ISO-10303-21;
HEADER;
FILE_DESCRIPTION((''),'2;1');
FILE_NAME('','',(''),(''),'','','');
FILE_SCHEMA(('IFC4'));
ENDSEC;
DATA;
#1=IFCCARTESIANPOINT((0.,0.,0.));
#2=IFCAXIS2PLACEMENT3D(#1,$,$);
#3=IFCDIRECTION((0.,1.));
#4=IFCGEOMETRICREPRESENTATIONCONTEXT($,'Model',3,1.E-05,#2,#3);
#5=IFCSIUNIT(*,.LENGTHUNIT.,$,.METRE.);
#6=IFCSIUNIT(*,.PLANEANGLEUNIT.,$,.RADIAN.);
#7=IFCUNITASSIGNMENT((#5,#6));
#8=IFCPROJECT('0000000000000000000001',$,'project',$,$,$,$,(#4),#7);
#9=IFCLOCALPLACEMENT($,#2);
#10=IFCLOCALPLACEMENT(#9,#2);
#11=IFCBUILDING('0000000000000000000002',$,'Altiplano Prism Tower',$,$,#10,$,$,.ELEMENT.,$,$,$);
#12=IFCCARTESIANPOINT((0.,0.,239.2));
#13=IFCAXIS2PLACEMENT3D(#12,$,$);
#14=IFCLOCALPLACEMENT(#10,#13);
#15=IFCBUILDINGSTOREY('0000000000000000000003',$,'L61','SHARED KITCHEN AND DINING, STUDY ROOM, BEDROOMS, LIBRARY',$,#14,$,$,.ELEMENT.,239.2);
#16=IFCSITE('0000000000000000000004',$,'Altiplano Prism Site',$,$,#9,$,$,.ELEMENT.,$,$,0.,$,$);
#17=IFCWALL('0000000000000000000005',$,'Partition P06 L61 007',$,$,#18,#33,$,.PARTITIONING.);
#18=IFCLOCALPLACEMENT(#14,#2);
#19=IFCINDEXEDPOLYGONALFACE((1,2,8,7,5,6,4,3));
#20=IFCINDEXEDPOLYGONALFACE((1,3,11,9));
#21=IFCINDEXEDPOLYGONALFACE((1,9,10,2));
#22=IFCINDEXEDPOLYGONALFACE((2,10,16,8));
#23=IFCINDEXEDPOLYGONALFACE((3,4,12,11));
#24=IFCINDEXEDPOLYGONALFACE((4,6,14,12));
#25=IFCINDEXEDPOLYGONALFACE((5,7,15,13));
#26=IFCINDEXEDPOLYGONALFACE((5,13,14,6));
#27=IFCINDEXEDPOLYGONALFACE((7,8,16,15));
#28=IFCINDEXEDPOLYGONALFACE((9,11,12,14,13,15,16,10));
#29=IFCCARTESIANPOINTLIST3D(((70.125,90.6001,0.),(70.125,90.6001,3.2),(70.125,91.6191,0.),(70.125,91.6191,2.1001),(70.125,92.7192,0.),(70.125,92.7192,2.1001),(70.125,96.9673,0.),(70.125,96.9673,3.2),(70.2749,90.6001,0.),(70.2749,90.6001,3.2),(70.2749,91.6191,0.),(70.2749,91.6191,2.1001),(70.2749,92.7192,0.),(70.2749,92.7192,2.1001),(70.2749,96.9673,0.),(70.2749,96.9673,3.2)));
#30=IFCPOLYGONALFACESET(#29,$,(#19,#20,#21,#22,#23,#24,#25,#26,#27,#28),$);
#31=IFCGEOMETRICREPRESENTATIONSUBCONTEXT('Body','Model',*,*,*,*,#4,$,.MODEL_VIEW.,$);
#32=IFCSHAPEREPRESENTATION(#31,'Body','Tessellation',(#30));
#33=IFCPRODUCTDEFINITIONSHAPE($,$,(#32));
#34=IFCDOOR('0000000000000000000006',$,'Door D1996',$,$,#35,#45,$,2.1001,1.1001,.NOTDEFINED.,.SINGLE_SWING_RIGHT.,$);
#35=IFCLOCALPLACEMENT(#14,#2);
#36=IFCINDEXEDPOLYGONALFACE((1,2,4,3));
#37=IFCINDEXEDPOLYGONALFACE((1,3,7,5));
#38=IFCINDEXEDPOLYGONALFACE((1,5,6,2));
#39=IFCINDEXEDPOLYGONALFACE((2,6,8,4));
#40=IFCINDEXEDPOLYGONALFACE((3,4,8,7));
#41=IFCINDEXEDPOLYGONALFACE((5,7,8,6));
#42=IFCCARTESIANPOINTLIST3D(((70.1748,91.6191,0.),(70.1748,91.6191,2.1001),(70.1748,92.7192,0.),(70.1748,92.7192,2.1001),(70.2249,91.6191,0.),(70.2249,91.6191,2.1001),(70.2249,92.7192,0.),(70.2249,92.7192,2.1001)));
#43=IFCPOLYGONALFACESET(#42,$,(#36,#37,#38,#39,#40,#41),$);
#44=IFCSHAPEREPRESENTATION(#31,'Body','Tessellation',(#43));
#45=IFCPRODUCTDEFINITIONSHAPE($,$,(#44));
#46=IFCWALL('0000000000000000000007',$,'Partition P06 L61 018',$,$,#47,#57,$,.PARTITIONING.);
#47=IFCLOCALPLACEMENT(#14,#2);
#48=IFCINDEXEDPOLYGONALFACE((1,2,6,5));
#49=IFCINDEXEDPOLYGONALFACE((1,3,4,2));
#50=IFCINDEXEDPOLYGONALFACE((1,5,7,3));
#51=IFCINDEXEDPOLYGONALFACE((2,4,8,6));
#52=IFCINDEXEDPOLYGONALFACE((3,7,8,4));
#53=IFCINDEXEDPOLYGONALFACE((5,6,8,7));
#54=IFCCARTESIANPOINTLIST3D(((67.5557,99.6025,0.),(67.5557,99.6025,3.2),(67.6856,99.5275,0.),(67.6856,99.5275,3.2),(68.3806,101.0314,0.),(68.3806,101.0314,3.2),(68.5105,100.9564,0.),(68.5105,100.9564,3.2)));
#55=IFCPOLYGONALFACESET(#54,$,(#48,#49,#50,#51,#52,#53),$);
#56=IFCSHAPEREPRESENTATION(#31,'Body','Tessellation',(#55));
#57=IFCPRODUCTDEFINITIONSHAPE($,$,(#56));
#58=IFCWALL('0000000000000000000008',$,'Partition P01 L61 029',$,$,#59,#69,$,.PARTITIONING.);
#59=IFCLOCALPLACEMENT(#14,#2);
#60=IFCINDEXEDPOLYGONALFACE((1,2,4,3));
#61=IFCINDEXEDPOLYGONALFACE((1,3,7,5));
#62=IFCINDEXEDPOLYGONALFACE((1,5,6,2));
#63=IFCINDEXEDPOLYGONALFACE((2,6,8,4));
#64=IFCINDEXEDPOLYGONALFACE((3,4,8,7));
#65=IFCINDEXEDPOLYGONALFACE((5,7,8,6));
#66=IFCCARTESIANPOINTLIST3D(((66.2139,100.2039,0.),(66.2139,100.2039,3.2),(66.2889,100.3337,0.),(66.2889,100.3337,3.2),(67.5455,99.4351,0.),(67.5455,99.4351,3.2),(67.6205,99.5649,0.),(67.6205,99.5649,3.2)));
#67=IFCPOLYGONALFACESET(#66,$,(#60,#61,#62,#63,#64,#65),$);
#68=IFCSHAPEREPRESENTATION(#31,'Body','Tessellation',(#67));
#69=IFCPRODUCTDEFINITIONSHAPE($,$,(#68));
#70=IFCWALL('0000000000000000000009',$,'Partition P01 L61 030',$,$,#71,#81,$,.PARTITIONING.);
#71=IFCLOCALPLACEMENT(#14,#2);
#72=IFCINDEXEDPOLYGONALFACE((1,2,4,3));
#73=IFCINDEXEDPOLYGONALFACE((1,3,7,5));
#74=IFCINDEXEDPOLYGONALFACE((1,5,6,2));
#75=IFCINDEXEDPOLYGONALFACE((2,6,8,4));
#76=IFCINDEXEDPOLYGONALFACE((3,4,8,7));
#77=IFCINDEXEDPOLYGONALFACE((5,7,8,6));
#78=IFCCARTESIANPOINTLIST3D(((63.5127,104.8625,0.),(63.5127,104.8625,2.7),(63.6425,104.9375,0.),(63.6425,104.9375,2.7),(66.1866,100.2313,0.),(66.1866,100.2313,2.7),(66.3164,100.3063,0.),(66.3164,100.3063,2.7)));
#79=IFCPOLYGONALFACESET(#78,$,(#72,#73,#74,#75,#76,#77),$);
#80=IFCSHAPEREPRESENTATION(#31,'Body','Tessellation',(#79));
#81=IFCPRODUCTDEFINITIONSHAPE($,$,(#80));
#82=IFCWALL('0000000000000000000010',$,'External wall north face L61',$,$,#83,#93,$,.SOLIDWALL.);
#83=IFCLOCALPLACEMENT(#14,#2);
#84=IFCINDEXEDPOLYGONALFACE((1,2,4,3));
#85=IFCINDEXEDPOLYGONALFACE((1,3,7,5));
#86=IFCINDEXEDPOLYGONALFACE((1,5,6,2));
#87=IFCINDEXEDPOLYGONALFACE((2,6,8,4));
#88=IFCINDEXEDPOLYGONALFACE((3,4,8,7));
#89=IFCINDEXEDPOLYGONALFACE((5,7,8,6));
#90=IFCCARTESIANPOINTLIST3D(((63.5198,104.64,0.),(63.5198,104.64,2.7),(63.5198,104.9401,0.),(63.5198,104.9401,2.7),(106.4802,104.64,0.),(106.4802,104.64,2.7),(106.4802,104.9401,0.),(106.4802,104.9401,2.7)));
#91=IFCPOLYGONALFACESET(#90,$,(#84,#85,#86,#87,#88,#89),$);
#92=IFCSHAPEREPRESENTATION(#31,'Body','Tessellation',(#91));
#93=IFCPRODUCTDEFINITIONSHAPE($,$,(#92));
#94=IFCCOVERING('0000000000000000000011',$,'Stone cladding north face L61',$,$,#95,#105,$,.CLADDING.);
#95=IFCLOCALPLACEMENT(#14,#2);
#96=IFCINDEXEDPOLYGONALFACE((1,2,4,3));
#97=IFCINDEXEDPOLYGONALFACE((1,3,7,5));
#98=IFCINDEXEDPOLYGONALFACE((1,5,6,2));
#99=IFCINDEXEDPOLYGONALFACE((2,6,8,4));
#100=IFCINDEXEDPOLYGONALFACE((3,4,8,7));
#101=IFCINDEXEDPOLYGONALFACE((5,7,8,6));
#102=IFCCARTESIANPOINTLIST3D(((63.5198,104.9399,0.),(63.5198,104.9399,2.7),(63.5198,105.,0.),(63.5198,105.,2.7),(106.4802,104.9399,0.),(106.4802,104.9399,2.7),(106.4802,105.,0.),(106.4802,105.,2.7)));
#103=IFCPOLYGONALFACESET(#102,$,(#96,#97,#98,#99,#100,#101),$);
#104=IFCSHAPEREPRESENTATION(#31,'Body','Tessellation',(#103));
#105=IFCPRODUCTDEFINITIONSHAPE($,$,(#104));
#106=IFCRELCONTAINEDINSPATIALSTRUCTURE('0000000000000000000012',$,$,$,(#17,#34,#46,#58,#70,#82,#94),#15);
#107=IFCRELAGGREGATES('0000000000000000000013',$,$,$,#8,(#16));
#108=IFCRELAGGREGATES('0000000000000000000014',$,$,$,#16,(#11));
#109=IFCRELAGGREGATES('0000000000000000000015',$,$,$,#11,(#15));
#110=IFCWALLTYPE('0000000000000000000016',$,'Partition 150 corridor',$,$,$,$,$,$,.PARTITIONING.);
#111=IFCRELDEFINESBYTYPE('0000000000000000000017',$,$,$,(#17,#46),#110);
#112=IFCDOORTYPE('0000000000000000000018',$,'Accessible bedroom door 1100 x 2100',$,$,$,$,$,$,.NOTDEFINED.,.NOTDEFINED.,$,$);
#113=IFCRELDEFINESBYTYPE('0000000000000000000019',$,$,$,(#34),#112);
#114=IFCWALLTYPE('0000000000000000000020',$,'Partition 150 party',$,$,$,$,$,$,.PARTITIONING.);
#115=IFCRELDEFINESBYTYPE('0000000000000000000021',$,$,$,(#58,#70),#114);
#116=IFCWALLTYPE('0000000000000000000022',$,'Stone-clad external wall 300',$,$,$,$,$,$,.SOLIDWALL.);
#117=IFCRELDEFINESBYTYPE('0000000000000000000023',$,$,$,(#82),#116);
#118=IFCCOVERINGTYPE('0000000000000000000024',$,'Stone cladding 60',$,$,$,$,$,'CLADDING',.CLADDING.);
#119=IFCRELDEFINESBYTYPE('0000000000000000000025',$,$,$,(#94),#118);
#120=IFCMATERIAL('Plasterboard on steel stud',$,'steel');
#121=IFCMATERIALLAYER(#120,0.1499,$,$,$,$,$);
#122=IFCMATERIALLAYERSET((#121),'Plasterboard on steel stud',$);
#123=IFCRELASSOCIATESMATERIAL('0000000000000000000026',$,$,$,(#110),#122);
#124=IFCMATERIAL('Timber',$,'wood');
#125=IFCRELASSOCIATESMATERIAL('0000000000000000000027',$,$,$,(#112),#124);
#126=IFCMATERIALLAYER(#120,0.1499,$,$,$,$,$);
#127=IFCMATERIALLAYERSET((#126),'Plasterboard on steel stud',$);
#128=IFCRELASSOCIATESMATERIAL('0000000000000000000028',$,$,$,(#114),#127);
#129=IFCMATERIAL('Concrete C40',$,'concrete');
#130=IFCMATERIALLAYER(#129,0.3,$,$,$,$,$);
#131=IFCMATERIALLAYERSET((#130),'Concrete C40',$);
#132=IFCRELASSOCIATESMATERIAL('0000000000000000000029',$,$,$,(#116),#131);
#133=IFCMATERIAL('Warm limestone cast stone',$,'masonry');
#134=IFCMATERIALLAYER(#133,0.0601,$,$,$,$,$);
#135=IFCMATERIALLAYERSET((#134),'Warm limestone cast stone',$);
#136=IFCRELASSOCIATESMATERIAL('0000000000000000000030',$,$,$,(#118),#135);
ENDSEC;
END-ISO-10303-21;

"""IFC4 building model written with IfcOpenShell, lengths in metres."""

from ifc_helpers import new_model, si_unit, direction, frame, frame_2d, origin, place, context, subcontext, project, spatial, rectangle, extrude, material, layer, layer_set, type_object, element, fill, save


model = new_model("IFC4")

# Units and contexts
model_context = context("Model", 3, precision=1e-05, world=origin(), true_north=direction((0.0, 1.0)))
body_context = subcontext(model_context, "Body", "Model", "MODEL_VIEW")
ifc_project = project(units=[si_unit("LENGTHUNIT", "METRE"), si_unit("PLANEANGLEUNIT", "RADIAN")], contexts=[model_context])

# Site, building, storey
site_placement = place(None, origin())
site = spatial("IfcSite", under=ifc_project, at=site_placement, Name="Altiplano Prism Site", CompositionType="ELEMENT", RefElevation=0.0)
building_placement = place(site_placement, origin())
building = spatial("IfcBuilding", under=site, at=building_placement, Name="Altiplano Prism Tower", CompositionType="ELEMENT")
storey_placement = place(building_placement, frame((0.0, 0.0, 239.2)))
storey = spatial("IfcBuildingStorey", under=building, at=storey_placement, Name="L61", Description="SHARED KITCHEN AND DINING, STUDY ROOM, BEDROOMS, LIBRARY", CompositionType="ELEMENT", Elevation=239.2)

# Shared definitions
ifc_material_1 = material(Name="Plasterboard on steel stud", Category="steel")
ifc_layer_1 = layer(ifc_material_1, 0.1499)
ifc_layer_set_1 = layer_set([ifc_layer_1], Name="Plasterboard on steel stud")
wall_type_1 = type_object("IfcWallType", Name="Partition 150 corridor", PredefinedType="PARTITIONING", material=ifc_layer_set_1)
ifc_material_2 = material(Name="Timber", Category="wood")

# Wall, opening, door
wall_1_placement = place(storey_placement, frame((70.2, 96.9673, 0.0), z_axis=(0.0, 0.0, 1.0), x_axis=(0.0, -1.0, 0.0)))
wall_1 = element("IfcWall", 1, at=wall_1_placement, inside=storey, type_object=wall_type_1, Name="Partition P06 L61 007", PredefinedType="PARTITIONING", context=body_context, shape_type="SweptSolid", body=[
    extrude(rectangle(XDim=6.3672, YDim=0.1499, at=frame_2d((3.1836, 0.0))), origin(), (0.0, 0.0, 1.0), 3.2),
])
opening_1_placement = place(wall_1_placement, frame((4.248, 0.0, 0.0)))
opening_1 = element("IfcOpeningElement", 2, at=opening_1_placement, cuts=wall_1, PredefinedType="OPENING", context=body_context, shape_type="SweptSolid", body=[
    extrude(rectangle(XDim=1.1001, YDim=2.1001, at=frame_2d((0.55, 1.05))), frame((0.0, 0.0854, 0.0), z_axis=(0.0, -1.0, 0.0), x_axis=(1.0, 0.0, 0.0)), (0.0, 0.0, 1.0), 0.1709),
])
door_type_1 = type_object("IfcDoorType", Name="Accessible bedroom door 1100 x 2100", OperationType="NOTDEFINED", PredefinedType="NOTDEFINED", material=ifc_material_2)
door_1_placement = place(opening_1_placement, origin())
door_1 = element("IfcDoor", 3, at=door_1_placement, inside=storey, type_object=door_type_1, Name="Door D1996", OperationType="SINGLE_SWING_RIGHT", OverallHeight=2.1001, OverallWidth=1.1001, PredefinedType="NOTDEFINED", context=body_context, shape_type="SweptSolid", body=[
    extrude(rectangle(XDim=1.1001, YDim=2.1001, at=frame_2d((0.55, 1.05))), frame((0.0, 0.0249, 0.0), z_axis=(0.0, -1.0, 0.0), x_axis=(1.0, 0.0, 0.0)), (0.0, 0.0, 1.0), 0.05),
])
fill(opening_1, door_1)

# Walls
wall_2_placement = place(storey_placement, frame((68.4456, 100.9939, 0.0), z_axis=(0.0, 0.0, 1.0), x_axis=(-0.499974, -0.86604, 0.0)))
element("IfcWall", 4, at=wall_2_placement, inside=storey, type_object=wall_type_1, Name="Partition P06 L61 018", PredefinedType="PARTITIONING", context=body_context, shape_type="SweptSolid", body=[
    extrude(rectangle(XDim=1.6499, YDim=0.1499, at=frame_2d((0.825, 0.0))), origin(), (0.0, 0.0, 1.0), 3.2),
])
ifc_layer_2 = layer(ifc_material_1, 0.1499)
ifc_layer_set_2 = layer_set([ifc_layer_2], Name="Plasterboard on steel stud")
wall_type_2 = type_object("IfcWallType", Name="Partition 150 party", PredefinedType="PARTITIONING", material=ifc_layer_set_2)
wall_3_placement = place(storey_placement, frame((67.583, 99.5, 0.0), z_axis=(0.0, 0.0, 1.0), x_axis=(-0.866016, 0.500016, 0.0)))
element("IfcWall", 5, at=wall_3_placement, inside=storey, type_object=wall_type_2, Name="Partition P01 L61 029", PredefinedType="PARTITIONING", context=body_context, shape_type="SweptSolid", body=[
    extrude(rectangle(XDim=1.5376, YDim=0.1499, at=frame_2d((0.7688, 0.0))), origin(), (0.0, 0.0, 1.0), 3.2),
])
wall_4_placement = place(storey_placement, frame((66.2515, 100.2688, 0.0), z_axis=(0.0, 0.0, 1.0), x_axis=(-0.500008, 0.866021, 0.0)))
element("IfcWall", 6, at=wall_4_placement, inside=storey, type_object=wall_type_2, Name="Partition P01 L61 030", PredefinedType="PARTITIONING", context=body_context, shape_type="SweptSolid", body=[
    extrude(rectangle(XDim=5.3477, YDim=0.1499, at=frame_2d((2.6738, 0.0))), origin(), (0.0, 0.0, 1.0), 2.7),
])
ifc_material_3 = material(Name="Concrete C40", Category="concrete")
ifc_layer_3 = layer(ifc_material_3, 0.3)
ifc_layer_set_3 = layer_set([ifc_layer_3], Name="Concrete C40")
wall_type_3 = type_object("IfcWallType", Name="Stone-clad external wall 300", PredefinedType="SOLIDWALL", material=ifc_layer_set_3)
wall_5_placement = place(storey_placement, frame((63.5198, 104.79, 0.0), z_axis=(0.0, 0.0, 1.0), x_axis=(1.0, 0.0, 0.0)))
element("IfcWall", 7, at=wall_5_placement, inside=storey, type_object=wall_type_3, Name="External wall north face L61", PredefinedType="SOLIDWALL", context=body_context, shape_type="SweptSolid", body=[
    extrude(rectangle(XDim=42.9604, YDim=0.3, at=frame_2d((21.4802, 0.0))), origin(), (0.0, 0.0, 1.0), 2.7),
])

# Covering
ifc_material_4 = material(Name="Warm limestone cast stone", Category="masonry")
ifc_layer_4 = layer(ifc_material_4, 0.0601)
ifc_layer_set_4 = layer_set([ifc_layer_4], Name="Warm limestone cast stone")
covering_type = type_object("IfcCoveringType", Name="Stone cladding 60", ElementType="CLADDING", PredefinedType="CLADDING", material=ifc_layer_set_4)
covering_placement = place(storey_placement, frame((63.5198, 104.97, 0.0), z_axis=(0.0, 0.0, 1.0), x_axis=(1.0, 0.0, 0.0)))
element("IfcCovering", 8, at=covering_placement, inside=storey, type_object=covering_type, Name="Stone cladding north face L61", PredefinedType="CLADDING", context=body_context, shape_type="SweptSolid", body=[
    extrude(rectangle(XDim=42.9604, YDim=0.0601, at=frame_2d((21.4802, 0.0))), origin(), (0.0, 0.0, 1.0), 2.7),
])

save(model, "model.ifc")
